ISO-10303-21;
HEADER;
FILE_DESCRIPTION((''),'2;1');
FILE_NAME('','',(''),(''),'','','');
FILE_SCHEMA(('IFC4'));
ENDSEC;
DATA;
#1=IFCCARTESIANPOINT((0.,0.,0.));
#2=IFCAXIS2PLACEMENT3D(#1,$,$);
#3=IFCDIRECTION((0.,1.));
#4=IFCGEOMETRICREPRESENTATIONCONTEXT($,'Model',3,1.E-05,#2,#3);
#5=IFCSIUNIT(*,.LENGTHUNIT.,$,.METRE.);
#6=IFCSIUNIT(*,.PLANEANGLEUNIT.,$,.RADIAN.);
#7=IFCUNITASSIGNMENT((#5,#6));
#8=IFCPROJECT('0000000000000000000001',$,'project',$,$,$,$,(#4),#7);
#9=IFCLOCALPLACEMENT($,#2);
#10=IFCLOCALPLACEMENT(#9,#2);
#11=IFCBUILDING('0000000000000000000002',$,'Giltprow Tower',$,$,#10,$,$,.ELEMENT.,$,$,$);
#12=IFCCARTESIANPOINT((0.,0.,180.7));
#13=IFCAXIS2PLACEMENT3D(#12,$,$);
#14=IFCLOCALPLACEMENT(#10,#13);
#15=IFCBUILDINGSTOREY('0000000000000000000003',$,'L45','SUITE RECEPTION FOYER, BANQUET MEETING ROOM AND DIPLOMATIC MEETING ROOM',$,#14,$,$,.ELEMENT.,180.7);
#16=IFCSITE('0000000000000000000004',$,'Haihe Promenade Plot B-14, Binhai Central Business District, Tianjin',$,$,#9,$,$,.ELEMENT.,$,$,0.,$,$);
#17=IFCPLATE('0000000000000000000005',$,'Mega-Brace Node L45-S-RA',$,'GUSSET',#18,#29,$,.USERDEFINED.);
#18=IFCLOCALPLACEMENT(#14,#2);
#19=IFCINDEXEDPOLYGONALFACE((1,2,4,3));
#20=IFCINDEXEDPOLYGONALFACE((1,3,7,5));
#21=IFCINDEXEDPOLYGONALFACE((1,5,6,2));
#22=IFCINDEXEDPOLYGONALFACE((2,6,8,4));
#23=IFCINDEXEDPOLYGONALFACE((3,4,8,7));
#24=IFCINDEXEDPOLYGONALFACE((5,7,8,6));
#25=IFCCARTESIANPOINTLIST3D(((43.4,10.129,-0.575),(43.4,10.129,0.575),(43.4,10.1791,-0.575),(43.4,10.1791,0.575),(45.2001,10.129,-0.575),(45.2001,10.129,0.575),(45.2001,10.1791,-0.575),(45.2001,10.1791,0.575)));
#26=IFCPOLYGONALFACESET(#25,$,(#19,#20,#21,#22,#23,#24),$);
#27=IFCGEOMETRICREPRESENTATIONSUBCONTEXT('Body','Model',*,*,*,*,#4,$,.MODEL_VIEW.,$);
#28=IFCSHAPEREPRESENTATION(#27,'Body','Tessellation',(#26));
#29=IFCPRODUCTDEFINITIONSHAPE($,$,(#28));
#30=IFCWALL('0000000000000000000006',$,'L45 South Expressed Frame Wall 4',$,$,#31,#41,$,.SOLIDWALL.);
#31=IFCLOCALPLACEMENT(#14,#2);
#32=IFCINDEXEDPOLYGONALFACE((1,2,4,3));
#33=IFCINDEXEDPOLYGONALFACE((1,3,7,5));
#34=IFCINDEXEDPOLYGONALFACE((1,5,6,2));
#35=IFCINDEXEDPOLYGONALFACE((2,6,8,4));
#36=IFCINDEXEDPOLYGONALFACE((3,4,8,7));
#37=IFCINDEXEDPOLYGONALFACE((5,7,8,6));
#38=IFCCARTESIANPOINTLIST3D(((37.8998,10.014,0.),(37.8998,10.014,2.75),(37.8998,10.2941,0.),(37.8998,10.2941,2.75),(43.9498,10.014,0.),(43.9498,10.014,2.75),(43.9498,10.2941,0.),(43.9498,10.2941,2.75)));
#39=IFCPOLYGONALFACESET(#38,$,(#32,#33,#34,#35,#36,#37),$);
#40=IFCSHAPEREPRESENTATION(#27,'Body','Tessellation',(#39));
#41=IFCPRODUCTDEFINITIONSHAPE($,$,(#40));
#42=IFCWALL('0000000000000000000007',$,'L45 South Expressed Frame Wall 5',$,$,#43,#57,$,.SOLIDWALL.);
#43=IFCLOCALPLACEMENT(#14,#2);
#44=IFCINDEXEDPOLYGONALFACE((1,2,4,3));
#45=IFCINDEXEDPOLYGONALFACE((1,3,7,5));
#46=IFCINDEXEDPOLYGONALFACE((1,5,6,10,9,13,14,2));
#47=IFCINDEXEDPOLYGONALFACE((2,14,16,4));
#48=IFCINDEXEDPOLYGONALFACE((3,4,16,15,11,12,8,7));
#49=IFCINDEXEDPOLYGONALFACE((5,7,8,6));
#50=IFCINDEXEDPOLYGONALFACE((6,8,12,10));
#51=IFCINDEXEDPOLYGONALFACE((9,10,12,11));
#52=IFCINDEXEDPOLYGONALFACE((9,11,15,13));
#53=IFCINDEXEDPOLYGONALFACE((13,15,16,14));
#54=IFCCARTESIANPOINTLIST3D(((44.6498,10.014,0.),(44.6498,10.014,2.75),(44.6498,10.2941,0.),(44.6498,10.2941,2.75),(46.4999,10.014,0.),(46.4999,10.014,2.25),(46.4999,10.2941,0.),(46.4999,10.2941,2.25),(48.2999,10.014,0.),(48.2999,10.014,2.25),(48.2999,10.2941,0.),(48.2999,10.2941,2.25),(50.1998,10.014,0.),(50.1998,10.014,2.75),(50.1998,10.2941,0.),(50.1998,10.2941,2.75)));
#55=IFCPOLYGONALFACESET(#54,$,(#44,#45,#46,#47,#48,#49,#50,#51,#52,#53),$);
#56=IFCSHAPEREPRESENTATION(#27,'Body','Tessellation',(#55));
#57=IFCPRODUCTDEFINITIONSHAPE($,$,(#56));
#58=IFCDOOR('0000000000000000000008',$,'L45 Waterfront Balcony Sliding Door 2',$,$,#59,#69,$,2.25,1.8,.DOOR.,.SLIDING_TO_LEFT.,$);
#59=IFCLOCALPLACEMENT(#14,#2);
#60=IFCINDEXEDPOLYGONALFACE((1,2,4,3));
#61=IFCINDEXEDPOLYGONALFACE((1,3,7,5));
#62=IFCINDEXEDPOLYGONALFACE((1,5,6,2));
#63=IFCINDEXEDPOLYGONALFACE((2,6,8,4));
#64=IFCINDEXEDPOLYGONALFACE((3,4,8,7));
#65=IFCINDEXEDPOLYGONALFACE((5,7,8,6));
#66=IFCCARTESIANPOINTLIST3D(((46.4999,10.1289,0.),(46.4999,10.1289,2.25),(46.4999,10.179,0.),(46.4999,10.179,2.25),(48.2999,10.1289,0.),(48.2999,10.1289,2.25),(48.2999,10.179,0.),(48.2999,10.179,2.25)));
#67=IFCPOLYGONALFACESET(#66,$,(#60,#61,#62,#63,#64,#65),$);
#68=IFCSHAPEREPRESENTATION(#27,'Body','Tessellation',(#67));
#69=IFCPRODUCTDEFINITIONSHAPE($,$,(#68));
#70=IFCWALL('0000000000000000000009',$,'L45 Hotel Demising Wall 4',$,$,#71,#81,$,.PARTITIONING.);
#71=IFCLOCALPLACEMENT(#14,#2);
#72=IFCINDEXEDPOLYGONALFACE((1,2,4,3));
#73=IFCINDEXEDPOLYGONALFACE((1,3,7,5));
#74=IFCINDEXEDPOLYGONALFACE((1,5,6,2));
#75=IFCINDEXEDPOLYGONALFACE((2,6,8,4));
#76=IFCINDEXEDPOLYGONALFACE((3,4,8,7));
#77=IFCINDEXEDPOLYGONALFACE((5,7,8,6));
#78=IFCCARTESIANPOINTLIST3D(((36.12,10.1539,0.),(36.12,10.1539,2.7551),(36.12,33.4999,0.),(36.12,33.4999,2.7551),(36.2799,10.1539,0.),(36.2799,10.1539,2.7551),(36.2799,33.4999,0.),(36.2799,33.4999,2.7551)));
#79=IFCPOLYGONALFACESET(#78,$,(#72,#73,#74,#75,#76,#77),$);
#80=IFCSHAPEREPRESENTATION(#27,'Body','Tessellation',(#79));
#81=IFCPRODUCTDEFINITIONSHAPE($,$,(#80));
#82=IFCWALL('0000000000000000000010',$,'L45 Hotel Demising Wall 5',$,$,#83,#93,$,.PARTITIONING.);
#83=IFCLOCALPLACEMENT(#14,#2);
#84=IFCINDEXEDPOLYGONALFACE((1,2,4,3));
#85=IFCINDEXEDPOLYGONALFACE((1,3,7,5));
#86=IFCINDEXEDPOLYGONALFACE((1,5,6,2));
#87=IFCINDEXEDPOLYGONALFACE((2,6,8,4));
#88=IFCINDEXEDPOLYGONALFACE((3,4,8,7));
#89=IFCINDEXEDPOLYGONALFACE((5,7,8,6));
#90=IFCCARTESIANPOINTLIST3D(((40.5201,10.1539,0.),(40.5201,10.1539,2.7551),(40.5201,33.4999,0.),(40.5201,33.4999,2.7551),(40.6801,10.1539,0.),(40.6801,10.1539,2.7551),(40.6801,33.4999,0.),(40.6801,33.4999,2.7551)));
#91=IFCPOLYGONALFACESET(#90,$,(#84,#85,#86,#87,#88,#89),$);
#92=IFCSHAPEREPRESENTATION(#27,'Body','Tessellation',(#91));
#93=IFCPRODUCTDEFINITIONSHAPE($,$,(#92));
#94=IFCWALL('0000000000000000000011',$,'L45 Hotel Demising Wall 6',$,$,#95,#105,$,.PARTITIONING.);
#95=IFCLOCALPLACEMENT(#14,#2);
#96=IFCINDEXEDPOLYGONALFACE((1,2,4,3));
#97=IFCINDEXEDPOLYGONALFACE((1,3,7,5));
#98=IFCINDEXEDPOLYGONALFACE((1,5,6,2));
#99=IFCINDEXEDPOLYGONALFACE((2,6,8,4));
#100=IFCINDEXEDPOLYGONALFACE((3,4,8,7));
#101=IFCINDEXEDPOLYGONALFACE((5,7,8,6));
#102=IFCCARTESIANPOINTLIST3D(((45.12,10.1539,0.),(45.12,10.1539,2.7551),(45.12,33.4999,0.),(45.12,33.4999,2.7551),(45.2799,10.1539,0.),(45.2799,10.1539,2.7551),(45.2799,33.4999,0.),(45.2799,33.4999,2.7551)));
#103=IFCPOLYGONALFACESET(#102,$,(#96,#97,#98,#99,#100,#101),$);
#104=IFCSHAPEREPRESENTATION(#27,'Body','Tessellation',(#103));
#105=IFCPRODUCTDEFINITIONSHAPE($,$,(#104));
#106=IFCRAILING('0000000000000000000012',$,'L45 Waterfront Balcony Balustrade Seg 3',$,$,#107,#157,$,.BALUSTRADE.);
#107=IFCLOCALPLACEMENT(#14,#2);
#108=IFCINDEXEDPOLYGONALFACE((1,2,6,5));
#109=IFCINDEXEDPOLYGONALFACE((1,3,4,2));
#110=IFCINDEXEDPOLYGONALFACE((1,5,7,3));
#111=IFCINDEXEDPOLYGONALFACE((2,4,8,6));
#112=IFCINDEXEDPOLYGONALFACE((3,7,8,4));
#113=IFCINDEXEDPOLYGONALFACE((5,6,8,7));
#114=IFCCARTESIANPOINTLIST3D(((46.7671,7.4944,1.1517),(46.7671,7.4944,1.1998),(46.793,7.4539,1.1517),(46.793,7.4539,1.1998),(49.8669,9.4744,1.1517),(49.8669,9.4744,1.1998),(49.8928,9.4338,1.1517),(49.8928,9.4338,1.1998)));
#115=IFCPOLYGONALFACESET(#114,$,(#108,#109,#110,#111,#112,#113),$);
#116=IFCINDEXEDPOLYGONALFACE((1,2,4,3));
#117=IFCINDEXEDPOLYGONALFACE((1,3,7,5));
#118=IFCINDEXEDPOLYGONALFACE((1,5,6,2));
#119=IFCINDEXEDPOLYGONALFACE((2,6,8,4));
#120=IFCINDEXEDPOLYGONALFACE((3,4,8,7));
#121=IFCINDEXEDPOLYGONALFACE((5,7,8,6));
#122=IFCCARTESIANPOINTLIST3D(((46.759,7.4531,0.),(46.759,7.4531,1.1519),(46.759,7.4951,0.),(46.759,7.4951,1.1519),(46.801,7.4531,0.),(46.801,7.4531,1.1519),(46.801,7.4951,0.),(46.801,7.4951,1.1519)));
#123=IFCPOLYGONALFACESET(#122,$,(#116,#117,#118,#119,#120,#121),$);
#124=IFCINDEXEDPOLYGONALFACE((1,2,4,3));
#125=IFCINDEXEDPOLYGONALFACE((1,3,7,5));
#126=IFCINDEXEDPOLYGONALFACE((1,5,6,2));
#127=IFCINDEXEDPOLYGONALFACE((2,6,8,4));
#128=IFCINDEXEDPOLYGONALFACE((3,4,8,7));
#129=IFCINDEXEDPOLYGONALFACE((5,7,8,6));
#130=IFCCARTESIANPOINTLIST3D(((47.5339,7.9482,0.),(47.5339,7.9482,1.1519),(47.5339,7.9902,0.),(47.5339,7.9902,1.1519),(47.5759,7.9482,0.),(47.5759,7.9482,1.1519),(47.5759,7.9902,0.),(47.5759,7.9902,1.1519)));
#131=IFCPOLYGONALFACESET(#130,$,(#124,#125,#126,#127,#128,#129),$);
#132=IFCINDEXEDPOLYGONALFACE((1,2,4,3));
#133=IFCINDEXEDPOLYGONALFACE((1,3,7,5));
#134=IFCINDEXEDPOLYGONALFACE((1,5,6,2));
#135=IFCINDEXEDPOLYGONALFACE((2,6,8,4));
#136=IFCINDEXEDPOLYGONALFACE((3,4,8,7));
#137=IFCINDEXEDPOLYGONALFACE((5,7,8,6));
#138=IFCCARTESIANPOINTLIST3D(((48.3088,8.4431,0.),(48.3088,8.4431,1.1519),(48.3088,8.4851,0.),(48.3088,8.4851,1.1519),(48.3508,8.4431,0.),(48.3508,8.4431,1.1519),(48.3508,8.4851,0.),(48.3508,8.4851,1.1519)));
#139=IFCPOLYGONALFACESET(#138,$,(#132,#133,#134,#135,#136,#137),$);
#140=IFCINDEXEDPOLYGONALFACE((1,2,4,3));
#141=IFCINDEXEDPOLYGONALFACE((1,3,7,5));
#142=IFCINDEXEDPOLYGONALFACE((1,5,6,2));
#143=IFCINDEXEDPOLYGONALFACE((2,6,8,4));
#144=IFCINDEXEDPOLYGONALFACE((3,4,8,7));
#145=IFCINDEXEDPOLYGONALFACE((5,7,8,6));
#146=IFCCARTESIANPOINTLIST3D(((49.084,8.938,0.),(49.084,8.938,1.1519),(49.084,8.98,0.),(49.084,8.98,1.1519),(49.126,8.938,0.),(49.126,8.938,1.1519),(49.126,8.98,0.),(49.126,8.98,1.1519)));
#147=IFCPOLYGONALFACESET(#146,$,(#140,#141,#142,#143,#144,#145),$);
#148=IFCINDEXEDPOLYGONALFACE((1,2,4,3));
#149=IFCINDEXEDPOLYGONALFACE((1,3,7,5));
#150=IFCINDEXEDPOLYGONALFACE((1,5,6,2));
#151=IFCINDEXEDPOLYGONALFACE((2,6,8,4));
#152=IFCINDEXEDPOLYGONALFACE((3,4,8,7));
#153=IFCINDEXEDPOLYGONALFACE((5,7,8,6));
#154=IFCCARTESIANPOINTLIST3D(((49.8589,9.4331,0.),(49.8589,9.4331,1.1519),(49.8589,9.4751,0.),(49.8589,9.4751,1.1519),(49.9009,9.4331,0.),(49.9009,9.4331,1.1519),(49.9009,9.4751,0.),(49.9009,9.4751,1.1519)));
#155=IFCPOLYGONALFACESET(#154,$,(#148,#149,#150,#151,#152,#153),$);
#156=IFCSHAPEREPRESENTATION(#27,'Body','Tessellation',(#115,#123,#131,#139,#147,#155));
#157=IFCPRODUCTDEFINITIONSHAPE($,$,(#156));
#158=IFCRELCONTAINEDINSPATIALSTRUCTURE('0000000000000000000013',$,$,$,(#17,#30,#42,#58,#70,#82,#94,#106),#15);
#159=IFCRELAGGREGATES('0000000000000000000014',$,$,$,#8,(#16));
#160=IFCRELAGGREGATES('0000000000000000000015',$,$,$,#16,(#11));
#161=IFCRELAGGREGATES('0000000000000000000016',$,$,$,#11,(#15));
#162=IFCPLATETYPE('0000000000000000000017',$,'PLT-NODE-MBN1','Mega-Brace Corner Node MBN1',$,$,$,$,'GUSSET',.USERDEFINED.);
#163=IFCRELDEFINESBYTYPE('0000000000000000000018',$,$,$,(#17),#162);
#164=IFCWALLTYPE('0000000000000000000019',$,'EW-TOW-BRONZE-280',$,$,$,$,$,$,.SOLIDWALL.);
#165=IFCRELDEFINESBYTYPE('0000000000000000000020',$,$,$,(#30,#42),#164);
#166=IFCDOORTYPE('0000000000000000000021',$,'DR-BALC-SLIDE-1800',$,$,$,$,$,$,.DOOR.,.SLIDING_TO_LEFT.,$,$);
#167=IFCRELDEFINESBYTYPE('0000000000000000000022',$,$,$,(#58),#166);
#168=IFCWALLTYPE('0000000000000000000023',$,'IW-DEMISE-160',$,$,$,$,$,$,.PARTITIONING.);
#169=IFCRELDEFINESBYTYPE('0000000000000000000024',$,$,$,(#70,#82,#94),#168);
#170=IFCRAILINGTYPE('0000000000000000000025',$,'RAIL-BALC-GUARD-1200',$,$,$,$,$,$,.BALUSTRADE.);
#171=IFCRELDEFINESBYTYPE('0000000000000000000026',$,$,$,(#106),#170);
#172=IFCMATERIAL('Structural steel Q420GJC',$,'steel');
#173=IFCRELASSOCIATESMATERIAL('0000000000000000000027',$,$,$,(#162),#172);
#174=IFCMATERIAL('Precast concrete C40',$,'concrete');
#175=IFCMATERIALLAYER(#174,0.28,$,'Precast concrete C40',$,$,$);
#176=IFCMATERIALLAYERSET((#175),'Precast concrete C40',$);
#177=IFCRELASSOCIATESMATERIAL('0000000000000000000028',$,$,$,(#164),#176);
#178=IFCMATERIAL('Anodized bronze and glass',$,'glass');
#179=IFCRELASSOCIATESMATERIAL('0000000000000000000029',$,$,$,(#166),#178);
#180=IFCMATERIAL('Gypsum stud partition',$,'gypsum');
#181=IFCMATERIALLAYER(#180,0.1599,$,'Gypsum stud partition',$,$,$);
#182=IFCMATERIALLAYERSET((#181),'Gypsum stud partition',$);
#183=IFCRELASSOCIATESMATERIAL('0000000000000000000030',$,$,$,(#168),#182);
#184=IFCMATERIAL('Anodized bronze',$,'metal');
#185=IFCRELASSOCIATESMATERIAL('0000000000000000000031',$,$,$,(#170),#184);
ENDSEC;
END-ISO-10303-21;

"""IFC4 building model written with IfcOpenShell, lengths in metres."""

from ifc_helpers import new_model, si_unit, direction, frame, frame_2d, origin, origin_2d, place, context, subcontext, project, spatial, rectangle, extrude, source, transform, mapped, material, layer, layer_set, type_object, element, fill, save


model = new_model("IFC4")

# Units and contexts
model_context = context("Model", 3, precision=1e-05, world=origin(), true_north=direction((0.0, 1.0)))
body_context = subcontext(model_context, "Body", "Model", "MODEL_VIEW")
ifc_project = project(units=[si_unit("LENGTHUNIT", "METRE"), si_unit("PLANEANGLEUNIT", "RADIAN")], contexts=[model_context])

# Site, building, storey
site_placement = place(None, origin())
site = spatial("IfcSite", under=ifc_project, at=site_placement, Name="Haihe Promenade Plot B-14, Binhai Central Business District, Tianjin", CompositionType="ELEMENT", RefElevation=0.0)
building_placement = place(site_placement, origin())
building = spatial("IfcBuilding", under=site, at=building_placement, Name="Giltprow Tower", CompositionType="ELEMENT")
storey_placement = place(building_placement, frame((0.0, 0.0, 180.7)))
storey = spatial("IfcBuildingStorey", under=building, at=storey_placement, Name="L45", Description="SUITE RECEPTION FOYER, BANQUET MEETING ROOM AND DIPLOMATIC MEETING ROOM", CompositionType="ELEMENT", Elevation=180.7)

# Shared definitions
ifc_material_1 = material(Name="Structural steel Q420GJC", Category="steel")

# Shared definitions
ifc_material_2 = material(Name="Anodized bronze", Category="metal")

# Plate
plate_type = type_object("IfcPlateType", Name="PLT-NODE-MBN1", Description="Mega-Brace Corner Node MBN1", ElementType="GUSSET", PredefinedType="USERDEFINED", material=ifc_material_1)
shared_shape_1 = source(origin(), body_context, "Body", "SweptSolid", [
    extrude(rectangle(XDim=1.8, YDim=0.05, at=origin_2d()), origin(), (0.0, 0.0, 1.0), 1.1499),
])
plate_placement = place(storey_placement, frame((44.3, 10.1541, -0.575), z_axis=(0.0, 0.0, 1.0), x_axis=(1.0, 0.0, 0.0)))
element("IfcPlate", 1, at=plate_placement, inside=storey, type_object=plate_type, Name="Mega-Brace Node L45-S-RA", ObjectType="GUSSET", PredefinedType="USERDEFINED", context=body_context, shape_type="MappedRepresentation", body=[
    mapped(shared_shape_1, transform((0.0, 0.0, 0.0), x_axis=(1.0, 0.0, 0.0), y_axis=(0.0, 1.0, 0.0), z_axis=(0.0, 0.0, 1.0), scale=1.0)),
])

# Wall
ifc_material_3 = material(Name="Precast concrete C40", Category="concrete")
ifc_layer_1 = layer(ifc_material_3, 0.28, Name="Precast concrete C40")
ifc_layer_set_1 = layer_set([ifc_layer_1], Name="Precast concrete C40")
wall_type_1 = type_object("IfcWallType", Name="EW-TOW-BRONZE-280", PredefinedType="SOLIDWALL", material=ifc_layer_set_1)
wall_1_placement = place(storey_placement, frame((37.8999, 10.1541, 0.0), z_axis=(0.0, 0.0, 1.0), x_axis=(1.0, 0.0, 0.0)))
element("IfcWall", 2, at=wall_1_placement, inside=storey, type_object=wall_type_1, Name="L45 South Expressed Frame Wall 4", PredefinedType="SOLIDWALL", context=body_context, shape_type="SweptSolid", body=[
    extrude(rectangle(XDim=6.05, YDim=0.28, at=frame_2d((3.0249, 0.0))), origin(), (0.0, 0.0, 1.0), 2.75),
])

# Wall, opening, door
wall_2_placement = place(storey_placement, frame((44.6499, 10.1541, 0.0), z_axis=(0.0, 0.0, 1.0), x_axis=(1.0, 0.0, 0.0)))
wall_2 = element("IfcWall", 3, at=wall_2_placement, inside=storey, type_object=wall_type_1, Name="L45 South Expressed Frame Wall 5", PredefinedType="SOLIDWALL", context=body_context, shape_type="SweptSolid", body=[
    extrude(rectangle(XDim=5.55, YDim=0.28, at=frame_2d((2.7749, 0.0))), origin(), (0.0, 0.0, 1.0), 2.75),
])
opening_placement = place(wall_2_placement, frame((1.8501, 0.0, 0.0)))
opening = element("IfcOpeningElement", 4, at=opening_placement, cuts=wall_2, PredefinedType="OPENING", context=body_context, shape_type="SweptSolid", body=[
    extrude(rectangle(XDim=1.8, YDim=2.25, at=frame_2d((0.8999, 1.125))), frame((0.0, 0.1499, 0.0), z_axis=(0.0, -1.0, 0.0), x_axis=(1.0, 0.0, 0.0)), (0.0, 0.0, 1.0), 0.3),
])
ifc_material_4 = material(Name="Anodized bronze and glass", Category="glass")
door_type = type_object("IfcDoorType", Name="DR-BALC-SLIDE-1800", OperationType="SLIDING_TO_LEFT", PredefinedType="DOOR", material=ifc_material_4)
shared_shape_2 = source(origin(), body_context, "Body", "SweptSolid", [
    extrude(rectangle(XDim=1.8, YDim=2.25, at=frame_2d((0.8999, 1.125))), frame((0.0, 0.0249, 0.0), z_axis=(0.0, -1.0, 0.0), x_axis=(1.0, 0.0, 0.0)), (0.0, 0.0, 1.0), 0.05),
])
door_placement = place(opening_placement, origin())
door = element("IfcDoor", 5, at=door_placement, inside=storey, type_object=door_type, Name="L45 Waterfront Balcony Sliding Door 2", OperationType="SLIDING_TO_LEFT", OverallHeight=2.25, OverallWidth=1.8, PredefinedType="DOOR", context=body_context, shape_type="MappedRepresentation", body=[
    mapped(shared_shape_2, transform((0.0, 0.0, 0.0), x_axis=(1.0, 0.0, 0.0), y_axis=(0.0, 1.0, 0.0), z_axis=(0.0, 0.0, 1.0), scale=1.0)),
])
fill(opening, door)

# Walls
ifc_material_5 = material(Name="Gypsum stud partition", Category="gypsum")
ifc_layer_2 = layer(ifc_material_5, 0.1599, Name="Gypsum stud partition")
ifc_layer_set_2 = layer_set([ifc_layer_2], Name="Gypsum stud partition")
wall_type_2 = type_object("IfcWallType", Name="IW-DEMISE-160", PredefinedType="PARTITIONING", material=ifc_layer_set_2)
for number, where, z_axis, x_axis, name in (
    (6, (36.2, 10.1541, 0.0), (0.0, 0.0, 1.0), (0.0, 1.0, 0.0), "L45 Hotel Demising Wall 4"),
    (7, (40.6001, 10.1541, 0.0), (0.0, 0.0, 1.0), (0.0, 1.0, 0.0), "L45 Hotel Demising Wall 5"),
    (8, (45.2, 10.1541, 0.0), (0.0, 0.0, 1.0), (0.0, 1.0, 0.0), "L45 Hotel Demising Wall 6"),
):
    element("IfcWall", number, at=place(storey_placement, frame(where, z_axis=z_axis, x_axis=x_axis)), inside=storey, type_object=wall_type_2, Name=name, PredefinedType="PARTITIONING", context=body_context, shape_type="SweptSolid", body=[
        extrude(rectangle(XDim=23.3459, YDim=0.1599, at=frame_2d((11.6729, 0.0))), origin(), (0.0, 0.0, 1.0), 2.7551),
    ])

# Railing
railing_type = type_object("IfcRailingType", Name="RAIL-BALC-GUARD-1200", PredefinedType="BALUSTRADE", material=ifc_material_2)
railing_1_placement = place(storey_placement, frame((46.78, 7.4741, 0.0)))
element("IfcRailing", 9, at=railing_1_placement, inside=storey, type_object=railing_type, Name="L45 Waterfront Balcony Balustrade Seg 3", PredefinedType="BALUSTRADE", context=body_context, shape_type="SweptSolid", body=[
    extrude(rectangle(XDim=0.0481, YDim=0.0481, at=origin_2d()), frame((0.0, 0.0, 1.1758), z_axis=(0.842756, 0.538296, 0.0), x_axis=(-0.538296, 0.842756, 0.0)), (0.0, 0.0, 1.0), 3.6782),
    extrude(rectangle(XDim=0.042, YDim=0.042, at=origin_2d()), origin(), (0.0, 0.0, 1.0), 1.1519),
    extrude(rectangle(XDim=0.042, YDim=0.042, at=origin_2d()), frame((0.7749, 0.4951, 0.0)), (0.0, 0.0, 1.0), 1.1519),
    extrude(rectangle(XDim=0.042, YDim=0.042, at=origin_2d()), frame((1.5498, 0.99, 0.0)), (0.0, 0.0, 1.0), 1.1519),
    extrude(rectangle(XDim=0.042, YDim=0.042, at=origin_2d()), frame((2.325, 1.4849, 0.0)), (0.0, 0.0, 1.0), 1.1519),
    extrude(rectangle(XDim=0.042, YDim=0.042, at=origin_2d()), frame((3.0999, 1.98, 0.0)), (0.0, 0.0, 1.0), 1.1519),
])

save(model, "model.ifc")
